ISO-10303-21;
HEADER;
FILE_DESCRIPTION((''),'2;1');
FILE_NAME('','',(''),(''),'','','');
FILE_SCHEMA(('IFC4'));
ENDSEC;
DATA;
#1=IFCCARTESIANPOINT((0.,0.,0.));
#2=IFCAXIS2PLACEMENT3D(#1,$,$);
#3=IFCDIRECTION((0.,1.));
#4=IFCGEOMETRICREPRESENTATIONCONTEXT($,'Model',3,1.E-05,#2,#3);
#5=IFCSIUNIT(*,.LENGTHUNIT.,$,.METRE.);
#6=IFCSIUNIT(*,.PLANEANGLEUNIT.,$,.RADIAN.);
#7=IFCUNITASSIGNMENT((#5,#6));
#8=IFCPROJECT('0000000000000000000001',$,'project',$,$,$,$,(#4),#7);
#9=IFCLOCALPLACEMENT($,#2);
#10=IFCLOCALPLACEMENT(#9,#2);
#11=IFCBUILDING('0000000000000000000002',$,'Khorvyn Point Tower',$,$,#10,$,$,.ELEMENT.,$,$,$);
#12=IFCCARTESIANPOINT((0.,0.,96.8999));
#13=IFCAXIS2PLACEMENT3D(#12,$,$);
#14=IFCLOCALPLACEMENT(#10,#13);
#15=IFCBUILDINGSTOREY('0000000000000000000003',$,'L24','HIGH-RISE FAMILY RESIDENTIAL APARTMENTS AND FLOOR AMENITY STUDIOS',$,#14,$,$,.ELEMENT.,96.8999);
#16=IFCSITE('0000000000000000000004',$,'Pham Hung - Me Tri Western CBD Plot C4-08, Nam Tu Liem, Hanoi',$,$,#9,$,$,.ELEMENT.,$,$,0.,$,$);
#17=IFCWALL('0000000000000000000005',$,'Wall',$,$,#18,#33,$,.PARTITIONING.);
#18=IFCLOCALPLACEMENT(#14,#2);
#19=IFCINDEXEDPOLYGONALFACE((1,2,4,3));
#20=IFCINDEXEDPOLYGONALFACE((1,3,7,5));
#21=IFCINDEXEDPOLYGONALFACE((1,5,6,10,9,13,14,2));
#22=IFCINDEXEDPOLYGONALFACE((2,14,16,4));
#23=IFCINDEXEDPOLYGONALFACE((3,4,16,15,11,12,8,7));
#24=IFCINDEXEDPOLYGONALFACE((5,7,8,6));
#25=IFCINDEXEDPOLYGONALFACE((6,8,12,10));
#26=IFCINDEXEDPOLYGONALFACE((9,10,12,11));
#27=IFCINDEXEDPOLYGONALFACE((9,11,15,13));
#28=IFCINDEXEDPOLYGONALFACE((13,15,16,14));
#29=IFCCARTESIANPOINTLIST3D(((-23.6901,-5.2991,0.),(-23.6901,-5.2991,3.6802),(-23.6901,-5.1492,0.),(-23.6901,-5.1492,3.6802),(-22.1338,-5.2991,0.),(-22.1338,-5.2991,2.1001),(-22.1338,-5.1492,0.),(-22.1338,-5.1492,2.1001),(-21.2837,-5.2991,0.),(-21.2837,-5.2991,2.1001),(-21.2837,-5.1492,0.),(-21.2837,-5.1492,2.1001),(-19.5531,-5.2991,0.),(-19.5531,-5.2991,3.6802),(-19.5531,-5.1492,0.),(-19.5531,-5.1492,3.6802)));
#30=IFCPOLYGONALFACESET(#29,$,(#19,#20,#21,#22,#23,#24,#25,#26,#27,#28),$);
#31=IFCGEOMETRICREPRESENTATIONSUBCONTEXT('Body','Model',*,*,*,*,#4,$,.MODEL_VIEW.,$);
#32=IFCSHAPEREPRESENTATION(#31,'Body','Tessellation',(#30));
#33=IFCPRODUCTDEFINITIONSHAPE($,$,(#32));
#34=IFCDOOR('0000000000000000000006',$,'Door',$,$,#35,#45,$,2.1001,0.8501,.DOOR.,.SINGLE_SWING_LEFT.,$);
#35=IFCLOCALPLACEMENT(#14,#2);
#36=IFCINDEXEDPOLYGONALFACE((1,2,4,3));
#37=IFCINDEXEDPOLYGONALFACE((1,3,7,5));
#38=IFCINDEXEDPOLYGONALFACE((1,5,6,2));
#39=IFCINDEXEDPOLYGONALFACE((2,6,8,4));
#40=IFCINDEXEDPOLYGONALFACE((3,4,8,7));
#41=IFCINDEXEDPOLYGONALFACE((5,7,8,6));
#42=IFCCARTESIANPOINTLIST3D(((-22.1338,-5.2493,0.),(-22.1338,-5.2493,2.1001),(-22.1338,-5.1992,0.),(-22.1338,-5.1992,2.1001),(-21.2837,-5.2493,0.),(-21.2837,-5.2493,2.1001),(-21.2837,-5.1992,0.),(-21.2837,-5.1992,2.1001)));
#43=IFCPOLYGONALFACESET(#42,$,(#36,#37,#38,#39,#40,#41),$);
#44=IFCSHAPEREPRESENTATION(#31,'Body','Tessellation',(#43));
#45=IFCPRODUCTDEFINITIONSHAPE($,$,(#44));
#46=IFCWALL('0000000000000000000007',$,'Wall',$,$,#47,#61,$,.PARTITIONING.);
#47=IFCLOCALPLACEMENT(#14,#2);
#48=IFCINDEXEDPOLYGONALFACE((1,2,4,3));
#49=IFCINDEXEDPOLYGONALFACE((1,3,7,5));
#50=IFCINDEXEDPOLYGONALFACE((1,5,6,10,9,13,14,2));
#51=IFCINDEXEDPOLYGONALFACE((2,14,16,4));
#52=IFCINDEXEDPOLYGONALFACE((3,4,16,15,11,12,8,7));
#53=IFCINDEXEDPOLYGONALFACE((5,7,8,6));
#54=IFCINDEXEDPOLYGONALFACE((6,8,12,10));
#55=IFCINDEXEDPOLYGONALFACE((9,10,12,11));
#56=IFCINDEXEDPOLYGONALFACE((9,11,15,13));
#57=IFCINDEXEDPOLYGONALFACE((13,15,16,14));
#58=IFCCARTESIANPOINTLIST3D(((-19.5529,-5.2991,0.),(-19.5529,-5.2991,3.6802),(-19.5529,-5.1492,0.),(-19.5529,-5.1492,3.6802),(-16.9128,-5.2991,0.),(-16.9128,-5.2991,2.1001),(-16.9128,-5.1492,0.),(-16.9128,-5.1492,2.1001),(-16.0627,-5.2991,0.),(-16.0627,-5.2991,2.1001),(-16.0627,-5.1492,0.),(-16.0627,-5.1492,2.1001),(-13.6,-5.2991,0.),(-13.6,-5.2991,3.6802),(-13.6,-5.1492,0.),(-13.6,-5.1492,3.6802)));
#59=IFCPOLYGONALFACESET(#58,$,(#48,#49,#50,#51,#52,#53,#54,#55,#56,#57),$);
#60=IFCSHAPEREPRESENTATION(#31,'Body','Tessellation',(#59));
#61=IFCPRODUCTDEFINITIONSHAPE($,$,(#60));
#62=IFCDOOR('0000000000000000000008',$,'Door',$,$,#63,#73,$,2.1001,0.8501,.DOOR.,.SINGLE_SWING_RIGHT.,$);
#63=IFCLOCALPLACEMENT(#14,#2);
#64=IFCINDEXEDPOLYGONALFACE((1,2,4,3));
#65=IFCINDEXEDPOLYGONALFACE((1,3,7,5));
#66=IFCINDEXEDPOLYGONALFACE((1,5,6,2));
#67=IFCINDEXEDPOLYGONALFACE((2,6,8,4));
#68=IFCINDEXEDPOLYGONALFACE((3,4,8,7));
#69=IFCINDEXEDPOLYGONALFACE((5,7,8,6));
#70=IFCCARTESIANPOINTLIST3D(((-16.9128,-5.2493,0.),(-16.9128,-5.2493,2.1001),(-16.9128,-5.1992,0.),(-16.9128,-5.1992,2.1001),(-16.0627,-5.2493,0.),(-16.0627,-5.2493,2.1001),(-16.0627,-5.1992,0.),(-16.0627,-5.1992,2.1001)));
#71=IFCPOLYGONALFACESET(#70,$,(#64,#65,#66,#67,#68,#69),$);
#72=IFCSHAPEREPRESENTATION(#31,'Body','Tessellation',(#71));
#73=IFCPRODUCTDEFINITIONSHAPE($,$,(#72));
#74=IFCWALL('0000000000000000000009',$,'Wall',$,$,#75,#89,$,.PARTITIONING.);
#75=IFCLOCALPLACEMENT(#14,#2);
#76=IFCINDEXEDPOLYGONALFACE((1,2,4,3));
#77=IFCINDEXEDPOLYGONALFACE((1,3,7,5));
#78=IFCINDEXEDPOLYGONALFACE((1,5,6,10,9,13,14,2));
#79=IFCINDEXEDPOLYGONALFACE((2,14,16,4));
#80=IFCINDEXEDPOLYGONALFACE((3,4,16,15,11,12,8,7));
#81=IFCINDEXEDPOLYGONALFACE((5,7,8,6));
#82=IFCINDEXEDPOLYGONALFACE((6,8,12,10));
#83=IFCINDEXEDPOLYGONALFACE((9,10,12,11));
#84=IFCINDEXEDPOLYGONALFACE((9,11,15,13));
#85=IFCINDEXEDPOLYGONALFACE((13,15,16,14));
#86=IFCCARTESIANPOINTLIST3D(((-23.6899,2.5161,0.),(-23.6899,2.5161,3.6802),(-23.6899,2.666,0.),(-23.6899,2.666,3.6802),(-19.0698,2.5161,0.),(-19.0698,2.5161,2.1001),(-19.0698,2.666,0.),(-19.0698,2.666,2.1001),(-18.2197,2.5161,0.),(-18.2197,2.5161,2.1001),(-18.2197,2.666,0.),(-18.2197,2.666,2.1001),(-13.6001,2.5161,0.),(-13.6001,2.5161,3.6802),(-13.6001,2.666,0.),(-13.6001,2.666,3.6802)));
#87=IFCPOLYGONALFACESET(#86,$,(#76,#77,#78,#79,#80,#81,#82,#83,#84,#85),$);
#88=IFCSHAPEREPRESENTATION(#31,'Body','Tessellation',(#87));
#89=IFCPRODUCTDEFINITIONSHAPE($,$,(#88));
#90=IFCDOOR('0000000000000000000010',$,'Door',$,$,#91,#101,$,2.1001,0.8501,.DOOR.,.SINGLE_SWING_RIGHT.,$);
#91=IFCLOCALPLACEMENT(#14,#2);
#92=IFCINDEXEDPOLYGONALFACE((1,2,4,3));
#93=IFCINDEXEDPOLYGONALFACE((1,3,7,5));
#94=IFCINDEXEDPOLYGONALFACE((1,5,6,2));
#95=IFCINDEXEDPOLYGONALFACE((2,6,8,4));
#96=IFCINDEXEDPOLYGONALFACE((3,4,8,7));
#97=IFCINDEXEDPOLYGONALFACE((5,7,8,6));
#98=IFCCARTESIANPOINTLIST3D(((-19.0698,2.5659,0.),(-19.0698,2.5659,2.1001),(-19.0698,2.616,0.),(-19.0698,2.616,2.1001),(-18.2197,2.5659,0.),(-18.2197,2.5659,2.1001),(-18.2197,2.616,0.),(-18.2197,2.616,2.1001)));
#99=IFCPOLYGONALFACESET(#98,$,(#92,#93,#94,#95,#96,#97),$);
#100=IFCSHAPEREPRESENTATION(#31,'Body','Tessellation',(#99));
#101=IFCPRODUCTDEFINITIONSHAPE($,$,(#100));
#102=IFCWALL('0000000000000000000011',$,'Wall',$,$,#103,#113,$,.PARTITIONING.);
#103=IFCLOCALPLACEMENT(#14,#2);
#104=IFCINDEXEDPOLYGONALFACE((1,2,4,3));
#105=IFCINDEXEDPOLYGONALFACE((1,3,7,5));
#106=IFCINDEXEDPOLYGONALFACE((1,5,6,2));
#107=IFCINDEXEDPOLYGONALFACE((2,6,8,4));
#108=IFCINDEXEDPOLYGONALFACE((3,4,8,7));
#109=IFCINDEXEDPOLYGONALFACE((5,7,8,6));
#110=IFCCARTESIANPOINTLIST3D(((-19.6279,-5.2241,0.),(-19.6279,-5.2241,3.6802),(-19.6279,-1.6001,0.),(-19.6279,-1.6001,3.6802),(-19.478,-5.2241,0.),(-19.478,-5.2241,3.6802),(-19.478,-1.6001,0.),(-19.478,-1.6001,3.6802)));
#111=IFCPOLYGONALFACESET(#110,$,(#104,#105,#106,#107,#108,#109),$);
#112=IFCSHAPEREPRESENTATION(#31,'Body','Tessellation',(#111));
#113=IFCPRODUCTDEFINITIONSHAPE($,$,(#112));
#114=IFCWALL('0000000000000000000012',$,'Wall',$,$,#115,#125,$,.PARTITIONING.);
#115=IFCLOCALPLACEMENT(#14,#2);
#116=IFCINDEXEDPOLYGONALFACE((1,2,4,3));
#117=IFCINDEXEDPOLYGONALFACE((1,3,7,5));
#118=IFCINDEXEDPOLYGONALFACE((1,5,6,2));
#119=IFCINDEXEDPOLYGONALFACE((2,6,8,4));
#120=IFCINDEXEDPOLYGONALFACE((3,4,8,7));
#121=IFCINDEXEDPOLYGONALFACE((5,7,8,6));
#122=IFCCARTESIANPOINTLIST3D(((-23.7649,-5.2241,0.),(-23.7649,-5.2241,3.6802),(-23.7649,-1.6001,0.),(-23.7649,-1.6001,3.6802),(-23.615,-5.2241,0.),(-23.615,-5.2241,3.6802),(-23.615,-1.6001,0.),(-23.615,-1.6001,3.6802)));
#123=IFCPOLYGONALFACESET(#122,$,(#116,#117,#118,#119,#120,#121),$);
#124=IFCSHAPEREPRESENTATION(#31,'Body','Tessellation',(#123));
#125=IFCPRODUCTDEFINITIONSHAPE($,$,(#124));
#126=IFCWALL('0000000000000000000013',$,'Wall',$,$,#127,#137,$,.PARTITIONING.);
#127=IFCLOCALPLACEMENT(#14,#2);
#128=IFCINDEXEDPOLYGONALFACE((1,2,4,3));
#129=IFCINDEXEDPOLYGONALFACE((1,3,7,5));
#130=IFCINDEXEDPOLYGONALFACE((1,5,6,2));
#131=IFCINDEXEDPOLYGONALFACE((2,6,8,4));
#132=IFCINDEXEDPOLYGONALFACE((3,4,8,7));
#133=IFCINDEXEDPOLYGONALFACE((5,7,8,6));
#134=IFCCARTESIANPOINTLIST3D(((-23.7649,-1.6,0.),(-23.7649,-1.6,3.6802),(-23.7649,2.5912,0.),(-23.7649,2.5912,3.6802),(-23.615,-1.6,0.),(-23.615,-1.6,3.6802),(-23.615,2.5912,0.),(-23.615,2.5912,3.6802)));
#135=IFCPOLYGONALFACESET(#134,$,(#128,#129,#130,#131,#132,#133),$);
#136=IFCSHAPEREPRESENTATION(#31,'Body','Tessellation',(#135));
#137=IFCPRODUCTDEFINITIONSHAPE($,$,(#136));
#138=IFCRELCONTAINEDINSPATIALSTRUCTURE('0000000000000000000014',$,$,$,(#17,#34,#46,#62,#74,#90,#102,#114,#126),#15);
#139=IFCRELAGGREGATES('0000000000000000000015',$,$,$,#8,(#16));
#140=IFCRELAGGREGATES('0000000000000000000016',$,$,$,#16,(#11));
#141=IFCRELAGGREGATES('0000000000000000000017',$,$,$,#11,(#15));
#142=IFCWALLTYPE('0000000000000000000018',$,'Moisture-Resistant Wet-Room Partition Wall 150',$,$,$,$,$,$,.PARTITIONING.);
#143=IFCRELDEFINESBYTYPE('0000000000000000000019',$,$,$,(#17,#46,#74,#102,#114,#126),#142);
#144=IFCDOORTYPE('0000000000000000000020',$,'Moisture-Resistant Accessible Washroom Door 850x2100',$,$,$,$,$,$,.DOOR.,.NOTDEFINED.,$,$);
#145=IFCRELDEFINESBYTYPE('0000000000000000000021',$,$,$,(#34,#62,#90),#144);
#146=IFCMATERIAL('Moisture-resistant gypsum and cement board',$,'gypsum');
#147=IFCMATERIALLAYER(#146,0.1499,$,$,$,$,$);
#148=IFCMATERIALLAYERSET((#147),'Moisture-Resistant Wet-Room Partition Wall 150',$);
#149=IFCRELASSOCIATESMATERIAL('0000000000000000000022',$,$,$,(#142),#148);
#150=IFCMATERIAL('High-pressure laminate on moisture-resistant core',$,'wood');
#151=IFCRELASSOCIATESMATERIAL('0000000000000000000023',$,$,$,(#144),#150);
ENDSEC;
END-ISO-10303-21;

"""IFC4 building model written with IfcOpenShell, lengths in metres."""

from ifc_helpers import new_model, si_unit, direction, frame, frame_2d, origin, place, context, subcontext, project, spatial, rectangle, extrude, material, layer, layer_set, type_object, element, fill, save


model = new_model("IFC4")

# Units and contexts
model_context = context("Model", 3, precision=1e-05, world=origin(), true_north=direction((0.0, 1.0)))
body_context = subcontext(model_context, "Body", "Model", "MODEL_VIEW")
ifc_project = project(units=[si_unit("LENGTHUNIT", "METRE"), si_unit("PLANEANGLEUNIT", "RADIAN")], contexts=[model_context])

# Site, building, storey
site_placement = place(None, origin())
site = spatial("IfcSite", under=ifc_project, at=site_placement, Name="Pham Hung - Me Tri Western CBD Plot C4-08, Nam Tu Liem, Hanoi", CompositionType="ELEMENT", RefElevation=0.0)
building_placement = place(site_placement, origin())
building = spatial("IfcBuilding", under=site, at=building_placement, Name="Khorvyn Point Tower", CompositionType="ELEMENT")
storey_placement = place(building_placement, frame((0.0, 0.0, 96.8999)))
storey = spatial("IfcBuildingStorey", under=building, at=storey_placement, Name="L24", Description="HIGH-RISE FAMILY RESIDENTIAL APARTMENTS AND FLOOR AMENITY STUDIOS", CompositionType="ELEMENT", Elevation=96.8999)

# Walls, openings, doors
ifc_material_1 = material(Name="Moisture-resistant gypsum and cement board", Category="gypsum")
ifc_layer_1 = layer(ifc_material_1, 0.1499)
ifc_layer_set_1 = layer_set([ifc_layer_1], Name="Moisture-Resistant Wet-Room Partition Wall 150")
wall_type_1 = type_object("IfcWallType", Name="Moisture-Resistant Wet-Room Partition Wall 150", PredefinedType="PARTITIONING", material=ifc_layer_set_1)
wall_1_placement = place(storey_placement, frame((-23.6899, -5.2241, 0.0), z_axis=(0.0, 0.0, 1.0), x_axis=(1.0, 0.0, 0.0)))
wall_1 = element("IfcWall", 1, at=wall_1_placement, inside=storey, type_object=wall_type_1, Name="Wall", PredefinedType="PARTITIONING", context=body_context, shape_type="SweptSolid", body=[
    extrude(rectangle(XDim=4.137, YDim=0.1499, at=frame_2d((2.0684, 0.0))), origin(), (0.0, 0.0, 1.0), 3.6802),
])
opening_1_placement = place(wall_1_placement, frame((1.5562, 0.0, 0.0)))
opening_1 = element("IfcOpeningElement", 2, at=opening_1_placement, cuts=wall_1, PredefinedType="OPENING", context=body_context, shape_type="SweptSolid", body=[
    extrude(rectangle(XDim=0.8501, YDim=2.1001, at=frame_2d((0.425, 1.05))), frame((0.0, 0.085, 0.0), z_axis=(0.0, -1.0, 0.0), x_axis=(1.0, 0.0, 0.0)), (0.0, 0.0, 1.0), 0.1699),
])
ifc_material_2 = material(Name="High-pressure laminate on moisture-resistant core", Category="wood")
door_type_1 = type_object("IfcDoorType", Name="Moisture-Resistant Accessible Washroom Door 850x2100", OperationType="NOTDEFINED", PredefinedType="DOOR", material=ifc_material_2)
door_1_placement = place(opening_1_placement, origin())
door_1 = element("IfcDoor", 3, at=door_1_placement, inside=storey, type_object=door_type_1, Name="Door", OperationType="SINGLE_SWING_LEFT", OverallHeight=2.1001, OverallWidth=0.8501, PredefinedType="DOOR", context=body_context, shape_type="SweptSolid", body=[
    extrude(rectangle(XDim=0.8501, YDim=2.1001, at=frame_2d((0.425, 1.05))), frame((0.0, 0.0249, 0.0), z_axis=(0.0, -1.0, 0.0), x_axis=(1.0, 0.0, 0.0)), (0.0, 0.0, 1.0), 0.05),
])
fill(opening_1, door_1)
wall_2_placement = place(storey_placement, frame((-19.553, -5.2241, 0.0), z_axis=(0.0, 0.0, 1.0), x_axis=(1.0, 0.0, 0.0)))
wall_2 = element("IfcWall", 4, at=wall_2_placement, inside=storey, type_object=wall_type_1, Name="Wall", PredefinedType="PARTITIONING", context=body_context, shape_type="SweptSolid", body=[
    extrude(rectangle(XDim=5.9529, YDim=0.1499, at=frame_2d((2.9766, 0.0))), origin(), (0.0, 0.0, 1.0), 3.6802),
])
opening_2_placement = place(wall_2_placement, frame((2.6401, 0.0, 0.0)))
opening_2 = element("IfcOpeningElement", 5, at=opening_2_placement, cuts=wall_2, PredefinedType="OPENING", context=body_context, shape_type="SweptSolid", body=[
    extrude(rectangle(XDim=0.8501, YDim=2.1001, at=frame_2d((0.425, 1.05))), frame((0.0, 0.085, 0.0), z_axis=(0.0, -1.0, 0.0), x_axis=(1.0, 0.0, 0.0)), (0.0, 0.0, 1.0), 0.1699),
])
door_2_placement = place(opening_2_placement, origin())
door_2 = element("IfcDoor", 6, at=door_2_placement, inside=storey, type_object=door_type_1, Name="Door", OperationType="SINGLE_SWING_RIGHT", OverallHeight=2.1001, OverallWidth=0.8501, PredefinedType="DOOR", context=body_context, shape_type="SweptSolid", body=[
    extrude(rectangle(XDim=0.8501, YDim=2.1001, at=frame_2d((0.425, 1.05))), frame((0.0, 0.0249, 0.0), z_axis=(0.0, -1.0, 0.0), x_axis=(1.0, 0.0, 0.0)), (0.0, 0.0, 1.0), 0.05),
])
fill(opening_2, door_2)
wall_3_placement = place(storey_placement, frame((-23.6899, 2.5911, 0.0), z_axis=(0.0, 0.0, 1.0), x_axis=(1.0, 0.0, 0.0)))
wall_3 = element("IfcWall", 7, at=wall_3_placement, inside=storey, type_object=wall_type_1, Name="Wall", PredefinedType="PARTITIONING", context=body_context, shape_type="SweptSolid", body=[
    extrude(rectangle(XDim=10.0898, YDim=0.1499, at=frame_2d((5.0449, 0.0))), origin(), (0.0, 0.0, 1.0), 3.6802),
])
opening_3_placement = place(wall_3_placement, frame((4.6201, 0.0, 0.0)))
opening_3 = element("IfcOpeningElement", 8, at=opening_3_placement, cuts=wall_3, PredefinedType="OPENING", context=body_context, shape_type="SweptSolid", body=[
    extrude(rectangle(XDim=0.8501, YDim=2.1001, at=frame_2d((0.425, 1.05))), frame((0.0, 0.085, 0.0), z_axis=(0.0, -1.0, 0.0), x_axis=(1.0, 0.0, 0.0)), (0.0, 0.0, 1.0), 0.1699),
])
door_3_placement = place(opening_3_placement, origin())
door_3 = element("IfcDoor", 9, at=door_3_placement, inside=storey, type_object=door_type_1, Name="Door", OperationType="SINGLE_SWING_RIGHT", OverallHeight=2.1001, OverallWidth=0.8501, PredefinedType="DOOR", context=body_context, shape_type="SweptSolid", body=[
    extrude(rectangle(XDim=0.8501, YDim=2.1001, at=frame_2d((0.425, 1.05))), frame((0.0, 0.0249, 0.0), z_axis=(0.0, -1.0, 0.0), x_axis=(1.0, 0.0, 0.0)), (0.0, 0.0, 1.0), 0.05),
])
fill(opening_3, door_3)

# Walls
for number, where, z_axis, x_axis, name in (
    (10, (-19.553, -5.2241, 0.0), (0.0, 0.0, 1.0), (0.0, 1.0, 0.0), "Wall"),
    (11, (-23.6899, -5.2241, 0.0), (0.0, 0.0, 1.0), (0.0, 1.0, 0.0), "Wall"),
):
    element("IfcWall", number, at=place(storey_placement, frame(where, z_axis=z_axis, x_axis=x_axis)), inside=storey, type_object=wall_type_1, Name=name, PredefinedType="PARTITIONING", context=body_context, shape_type="SweptSolid", body=[
        extrude(rectangle(XDim=3.624, YDim=0.1499, at=frame_2d((1.812, 0.0))), origin(), (0.0, 0.0, 1.0), 3.6802),
    ])
wall_4_placement = place(storey_placement, frame((-23.6899, -1.6001, 0.0), z_axis=(0.0, 0.0, 1.0), x_axis=(0.0, 1.0, 0.0)))
element("IfcWall", 12, at=wall_4_placement, inside=storey, type_object=wall_type_1, Name="Wall", PredefinedType="PARTITIONING", context=body_context, shape_type="SweptSolid", body=[
    extrude(rectangle(XDim=4.1912, YDim=0.1499, at=frame_2d((2.0957, 0.0))), origin(), (0.0, 0.0, 1.0), 3.6802),
])

save(model, "model.ifc")
